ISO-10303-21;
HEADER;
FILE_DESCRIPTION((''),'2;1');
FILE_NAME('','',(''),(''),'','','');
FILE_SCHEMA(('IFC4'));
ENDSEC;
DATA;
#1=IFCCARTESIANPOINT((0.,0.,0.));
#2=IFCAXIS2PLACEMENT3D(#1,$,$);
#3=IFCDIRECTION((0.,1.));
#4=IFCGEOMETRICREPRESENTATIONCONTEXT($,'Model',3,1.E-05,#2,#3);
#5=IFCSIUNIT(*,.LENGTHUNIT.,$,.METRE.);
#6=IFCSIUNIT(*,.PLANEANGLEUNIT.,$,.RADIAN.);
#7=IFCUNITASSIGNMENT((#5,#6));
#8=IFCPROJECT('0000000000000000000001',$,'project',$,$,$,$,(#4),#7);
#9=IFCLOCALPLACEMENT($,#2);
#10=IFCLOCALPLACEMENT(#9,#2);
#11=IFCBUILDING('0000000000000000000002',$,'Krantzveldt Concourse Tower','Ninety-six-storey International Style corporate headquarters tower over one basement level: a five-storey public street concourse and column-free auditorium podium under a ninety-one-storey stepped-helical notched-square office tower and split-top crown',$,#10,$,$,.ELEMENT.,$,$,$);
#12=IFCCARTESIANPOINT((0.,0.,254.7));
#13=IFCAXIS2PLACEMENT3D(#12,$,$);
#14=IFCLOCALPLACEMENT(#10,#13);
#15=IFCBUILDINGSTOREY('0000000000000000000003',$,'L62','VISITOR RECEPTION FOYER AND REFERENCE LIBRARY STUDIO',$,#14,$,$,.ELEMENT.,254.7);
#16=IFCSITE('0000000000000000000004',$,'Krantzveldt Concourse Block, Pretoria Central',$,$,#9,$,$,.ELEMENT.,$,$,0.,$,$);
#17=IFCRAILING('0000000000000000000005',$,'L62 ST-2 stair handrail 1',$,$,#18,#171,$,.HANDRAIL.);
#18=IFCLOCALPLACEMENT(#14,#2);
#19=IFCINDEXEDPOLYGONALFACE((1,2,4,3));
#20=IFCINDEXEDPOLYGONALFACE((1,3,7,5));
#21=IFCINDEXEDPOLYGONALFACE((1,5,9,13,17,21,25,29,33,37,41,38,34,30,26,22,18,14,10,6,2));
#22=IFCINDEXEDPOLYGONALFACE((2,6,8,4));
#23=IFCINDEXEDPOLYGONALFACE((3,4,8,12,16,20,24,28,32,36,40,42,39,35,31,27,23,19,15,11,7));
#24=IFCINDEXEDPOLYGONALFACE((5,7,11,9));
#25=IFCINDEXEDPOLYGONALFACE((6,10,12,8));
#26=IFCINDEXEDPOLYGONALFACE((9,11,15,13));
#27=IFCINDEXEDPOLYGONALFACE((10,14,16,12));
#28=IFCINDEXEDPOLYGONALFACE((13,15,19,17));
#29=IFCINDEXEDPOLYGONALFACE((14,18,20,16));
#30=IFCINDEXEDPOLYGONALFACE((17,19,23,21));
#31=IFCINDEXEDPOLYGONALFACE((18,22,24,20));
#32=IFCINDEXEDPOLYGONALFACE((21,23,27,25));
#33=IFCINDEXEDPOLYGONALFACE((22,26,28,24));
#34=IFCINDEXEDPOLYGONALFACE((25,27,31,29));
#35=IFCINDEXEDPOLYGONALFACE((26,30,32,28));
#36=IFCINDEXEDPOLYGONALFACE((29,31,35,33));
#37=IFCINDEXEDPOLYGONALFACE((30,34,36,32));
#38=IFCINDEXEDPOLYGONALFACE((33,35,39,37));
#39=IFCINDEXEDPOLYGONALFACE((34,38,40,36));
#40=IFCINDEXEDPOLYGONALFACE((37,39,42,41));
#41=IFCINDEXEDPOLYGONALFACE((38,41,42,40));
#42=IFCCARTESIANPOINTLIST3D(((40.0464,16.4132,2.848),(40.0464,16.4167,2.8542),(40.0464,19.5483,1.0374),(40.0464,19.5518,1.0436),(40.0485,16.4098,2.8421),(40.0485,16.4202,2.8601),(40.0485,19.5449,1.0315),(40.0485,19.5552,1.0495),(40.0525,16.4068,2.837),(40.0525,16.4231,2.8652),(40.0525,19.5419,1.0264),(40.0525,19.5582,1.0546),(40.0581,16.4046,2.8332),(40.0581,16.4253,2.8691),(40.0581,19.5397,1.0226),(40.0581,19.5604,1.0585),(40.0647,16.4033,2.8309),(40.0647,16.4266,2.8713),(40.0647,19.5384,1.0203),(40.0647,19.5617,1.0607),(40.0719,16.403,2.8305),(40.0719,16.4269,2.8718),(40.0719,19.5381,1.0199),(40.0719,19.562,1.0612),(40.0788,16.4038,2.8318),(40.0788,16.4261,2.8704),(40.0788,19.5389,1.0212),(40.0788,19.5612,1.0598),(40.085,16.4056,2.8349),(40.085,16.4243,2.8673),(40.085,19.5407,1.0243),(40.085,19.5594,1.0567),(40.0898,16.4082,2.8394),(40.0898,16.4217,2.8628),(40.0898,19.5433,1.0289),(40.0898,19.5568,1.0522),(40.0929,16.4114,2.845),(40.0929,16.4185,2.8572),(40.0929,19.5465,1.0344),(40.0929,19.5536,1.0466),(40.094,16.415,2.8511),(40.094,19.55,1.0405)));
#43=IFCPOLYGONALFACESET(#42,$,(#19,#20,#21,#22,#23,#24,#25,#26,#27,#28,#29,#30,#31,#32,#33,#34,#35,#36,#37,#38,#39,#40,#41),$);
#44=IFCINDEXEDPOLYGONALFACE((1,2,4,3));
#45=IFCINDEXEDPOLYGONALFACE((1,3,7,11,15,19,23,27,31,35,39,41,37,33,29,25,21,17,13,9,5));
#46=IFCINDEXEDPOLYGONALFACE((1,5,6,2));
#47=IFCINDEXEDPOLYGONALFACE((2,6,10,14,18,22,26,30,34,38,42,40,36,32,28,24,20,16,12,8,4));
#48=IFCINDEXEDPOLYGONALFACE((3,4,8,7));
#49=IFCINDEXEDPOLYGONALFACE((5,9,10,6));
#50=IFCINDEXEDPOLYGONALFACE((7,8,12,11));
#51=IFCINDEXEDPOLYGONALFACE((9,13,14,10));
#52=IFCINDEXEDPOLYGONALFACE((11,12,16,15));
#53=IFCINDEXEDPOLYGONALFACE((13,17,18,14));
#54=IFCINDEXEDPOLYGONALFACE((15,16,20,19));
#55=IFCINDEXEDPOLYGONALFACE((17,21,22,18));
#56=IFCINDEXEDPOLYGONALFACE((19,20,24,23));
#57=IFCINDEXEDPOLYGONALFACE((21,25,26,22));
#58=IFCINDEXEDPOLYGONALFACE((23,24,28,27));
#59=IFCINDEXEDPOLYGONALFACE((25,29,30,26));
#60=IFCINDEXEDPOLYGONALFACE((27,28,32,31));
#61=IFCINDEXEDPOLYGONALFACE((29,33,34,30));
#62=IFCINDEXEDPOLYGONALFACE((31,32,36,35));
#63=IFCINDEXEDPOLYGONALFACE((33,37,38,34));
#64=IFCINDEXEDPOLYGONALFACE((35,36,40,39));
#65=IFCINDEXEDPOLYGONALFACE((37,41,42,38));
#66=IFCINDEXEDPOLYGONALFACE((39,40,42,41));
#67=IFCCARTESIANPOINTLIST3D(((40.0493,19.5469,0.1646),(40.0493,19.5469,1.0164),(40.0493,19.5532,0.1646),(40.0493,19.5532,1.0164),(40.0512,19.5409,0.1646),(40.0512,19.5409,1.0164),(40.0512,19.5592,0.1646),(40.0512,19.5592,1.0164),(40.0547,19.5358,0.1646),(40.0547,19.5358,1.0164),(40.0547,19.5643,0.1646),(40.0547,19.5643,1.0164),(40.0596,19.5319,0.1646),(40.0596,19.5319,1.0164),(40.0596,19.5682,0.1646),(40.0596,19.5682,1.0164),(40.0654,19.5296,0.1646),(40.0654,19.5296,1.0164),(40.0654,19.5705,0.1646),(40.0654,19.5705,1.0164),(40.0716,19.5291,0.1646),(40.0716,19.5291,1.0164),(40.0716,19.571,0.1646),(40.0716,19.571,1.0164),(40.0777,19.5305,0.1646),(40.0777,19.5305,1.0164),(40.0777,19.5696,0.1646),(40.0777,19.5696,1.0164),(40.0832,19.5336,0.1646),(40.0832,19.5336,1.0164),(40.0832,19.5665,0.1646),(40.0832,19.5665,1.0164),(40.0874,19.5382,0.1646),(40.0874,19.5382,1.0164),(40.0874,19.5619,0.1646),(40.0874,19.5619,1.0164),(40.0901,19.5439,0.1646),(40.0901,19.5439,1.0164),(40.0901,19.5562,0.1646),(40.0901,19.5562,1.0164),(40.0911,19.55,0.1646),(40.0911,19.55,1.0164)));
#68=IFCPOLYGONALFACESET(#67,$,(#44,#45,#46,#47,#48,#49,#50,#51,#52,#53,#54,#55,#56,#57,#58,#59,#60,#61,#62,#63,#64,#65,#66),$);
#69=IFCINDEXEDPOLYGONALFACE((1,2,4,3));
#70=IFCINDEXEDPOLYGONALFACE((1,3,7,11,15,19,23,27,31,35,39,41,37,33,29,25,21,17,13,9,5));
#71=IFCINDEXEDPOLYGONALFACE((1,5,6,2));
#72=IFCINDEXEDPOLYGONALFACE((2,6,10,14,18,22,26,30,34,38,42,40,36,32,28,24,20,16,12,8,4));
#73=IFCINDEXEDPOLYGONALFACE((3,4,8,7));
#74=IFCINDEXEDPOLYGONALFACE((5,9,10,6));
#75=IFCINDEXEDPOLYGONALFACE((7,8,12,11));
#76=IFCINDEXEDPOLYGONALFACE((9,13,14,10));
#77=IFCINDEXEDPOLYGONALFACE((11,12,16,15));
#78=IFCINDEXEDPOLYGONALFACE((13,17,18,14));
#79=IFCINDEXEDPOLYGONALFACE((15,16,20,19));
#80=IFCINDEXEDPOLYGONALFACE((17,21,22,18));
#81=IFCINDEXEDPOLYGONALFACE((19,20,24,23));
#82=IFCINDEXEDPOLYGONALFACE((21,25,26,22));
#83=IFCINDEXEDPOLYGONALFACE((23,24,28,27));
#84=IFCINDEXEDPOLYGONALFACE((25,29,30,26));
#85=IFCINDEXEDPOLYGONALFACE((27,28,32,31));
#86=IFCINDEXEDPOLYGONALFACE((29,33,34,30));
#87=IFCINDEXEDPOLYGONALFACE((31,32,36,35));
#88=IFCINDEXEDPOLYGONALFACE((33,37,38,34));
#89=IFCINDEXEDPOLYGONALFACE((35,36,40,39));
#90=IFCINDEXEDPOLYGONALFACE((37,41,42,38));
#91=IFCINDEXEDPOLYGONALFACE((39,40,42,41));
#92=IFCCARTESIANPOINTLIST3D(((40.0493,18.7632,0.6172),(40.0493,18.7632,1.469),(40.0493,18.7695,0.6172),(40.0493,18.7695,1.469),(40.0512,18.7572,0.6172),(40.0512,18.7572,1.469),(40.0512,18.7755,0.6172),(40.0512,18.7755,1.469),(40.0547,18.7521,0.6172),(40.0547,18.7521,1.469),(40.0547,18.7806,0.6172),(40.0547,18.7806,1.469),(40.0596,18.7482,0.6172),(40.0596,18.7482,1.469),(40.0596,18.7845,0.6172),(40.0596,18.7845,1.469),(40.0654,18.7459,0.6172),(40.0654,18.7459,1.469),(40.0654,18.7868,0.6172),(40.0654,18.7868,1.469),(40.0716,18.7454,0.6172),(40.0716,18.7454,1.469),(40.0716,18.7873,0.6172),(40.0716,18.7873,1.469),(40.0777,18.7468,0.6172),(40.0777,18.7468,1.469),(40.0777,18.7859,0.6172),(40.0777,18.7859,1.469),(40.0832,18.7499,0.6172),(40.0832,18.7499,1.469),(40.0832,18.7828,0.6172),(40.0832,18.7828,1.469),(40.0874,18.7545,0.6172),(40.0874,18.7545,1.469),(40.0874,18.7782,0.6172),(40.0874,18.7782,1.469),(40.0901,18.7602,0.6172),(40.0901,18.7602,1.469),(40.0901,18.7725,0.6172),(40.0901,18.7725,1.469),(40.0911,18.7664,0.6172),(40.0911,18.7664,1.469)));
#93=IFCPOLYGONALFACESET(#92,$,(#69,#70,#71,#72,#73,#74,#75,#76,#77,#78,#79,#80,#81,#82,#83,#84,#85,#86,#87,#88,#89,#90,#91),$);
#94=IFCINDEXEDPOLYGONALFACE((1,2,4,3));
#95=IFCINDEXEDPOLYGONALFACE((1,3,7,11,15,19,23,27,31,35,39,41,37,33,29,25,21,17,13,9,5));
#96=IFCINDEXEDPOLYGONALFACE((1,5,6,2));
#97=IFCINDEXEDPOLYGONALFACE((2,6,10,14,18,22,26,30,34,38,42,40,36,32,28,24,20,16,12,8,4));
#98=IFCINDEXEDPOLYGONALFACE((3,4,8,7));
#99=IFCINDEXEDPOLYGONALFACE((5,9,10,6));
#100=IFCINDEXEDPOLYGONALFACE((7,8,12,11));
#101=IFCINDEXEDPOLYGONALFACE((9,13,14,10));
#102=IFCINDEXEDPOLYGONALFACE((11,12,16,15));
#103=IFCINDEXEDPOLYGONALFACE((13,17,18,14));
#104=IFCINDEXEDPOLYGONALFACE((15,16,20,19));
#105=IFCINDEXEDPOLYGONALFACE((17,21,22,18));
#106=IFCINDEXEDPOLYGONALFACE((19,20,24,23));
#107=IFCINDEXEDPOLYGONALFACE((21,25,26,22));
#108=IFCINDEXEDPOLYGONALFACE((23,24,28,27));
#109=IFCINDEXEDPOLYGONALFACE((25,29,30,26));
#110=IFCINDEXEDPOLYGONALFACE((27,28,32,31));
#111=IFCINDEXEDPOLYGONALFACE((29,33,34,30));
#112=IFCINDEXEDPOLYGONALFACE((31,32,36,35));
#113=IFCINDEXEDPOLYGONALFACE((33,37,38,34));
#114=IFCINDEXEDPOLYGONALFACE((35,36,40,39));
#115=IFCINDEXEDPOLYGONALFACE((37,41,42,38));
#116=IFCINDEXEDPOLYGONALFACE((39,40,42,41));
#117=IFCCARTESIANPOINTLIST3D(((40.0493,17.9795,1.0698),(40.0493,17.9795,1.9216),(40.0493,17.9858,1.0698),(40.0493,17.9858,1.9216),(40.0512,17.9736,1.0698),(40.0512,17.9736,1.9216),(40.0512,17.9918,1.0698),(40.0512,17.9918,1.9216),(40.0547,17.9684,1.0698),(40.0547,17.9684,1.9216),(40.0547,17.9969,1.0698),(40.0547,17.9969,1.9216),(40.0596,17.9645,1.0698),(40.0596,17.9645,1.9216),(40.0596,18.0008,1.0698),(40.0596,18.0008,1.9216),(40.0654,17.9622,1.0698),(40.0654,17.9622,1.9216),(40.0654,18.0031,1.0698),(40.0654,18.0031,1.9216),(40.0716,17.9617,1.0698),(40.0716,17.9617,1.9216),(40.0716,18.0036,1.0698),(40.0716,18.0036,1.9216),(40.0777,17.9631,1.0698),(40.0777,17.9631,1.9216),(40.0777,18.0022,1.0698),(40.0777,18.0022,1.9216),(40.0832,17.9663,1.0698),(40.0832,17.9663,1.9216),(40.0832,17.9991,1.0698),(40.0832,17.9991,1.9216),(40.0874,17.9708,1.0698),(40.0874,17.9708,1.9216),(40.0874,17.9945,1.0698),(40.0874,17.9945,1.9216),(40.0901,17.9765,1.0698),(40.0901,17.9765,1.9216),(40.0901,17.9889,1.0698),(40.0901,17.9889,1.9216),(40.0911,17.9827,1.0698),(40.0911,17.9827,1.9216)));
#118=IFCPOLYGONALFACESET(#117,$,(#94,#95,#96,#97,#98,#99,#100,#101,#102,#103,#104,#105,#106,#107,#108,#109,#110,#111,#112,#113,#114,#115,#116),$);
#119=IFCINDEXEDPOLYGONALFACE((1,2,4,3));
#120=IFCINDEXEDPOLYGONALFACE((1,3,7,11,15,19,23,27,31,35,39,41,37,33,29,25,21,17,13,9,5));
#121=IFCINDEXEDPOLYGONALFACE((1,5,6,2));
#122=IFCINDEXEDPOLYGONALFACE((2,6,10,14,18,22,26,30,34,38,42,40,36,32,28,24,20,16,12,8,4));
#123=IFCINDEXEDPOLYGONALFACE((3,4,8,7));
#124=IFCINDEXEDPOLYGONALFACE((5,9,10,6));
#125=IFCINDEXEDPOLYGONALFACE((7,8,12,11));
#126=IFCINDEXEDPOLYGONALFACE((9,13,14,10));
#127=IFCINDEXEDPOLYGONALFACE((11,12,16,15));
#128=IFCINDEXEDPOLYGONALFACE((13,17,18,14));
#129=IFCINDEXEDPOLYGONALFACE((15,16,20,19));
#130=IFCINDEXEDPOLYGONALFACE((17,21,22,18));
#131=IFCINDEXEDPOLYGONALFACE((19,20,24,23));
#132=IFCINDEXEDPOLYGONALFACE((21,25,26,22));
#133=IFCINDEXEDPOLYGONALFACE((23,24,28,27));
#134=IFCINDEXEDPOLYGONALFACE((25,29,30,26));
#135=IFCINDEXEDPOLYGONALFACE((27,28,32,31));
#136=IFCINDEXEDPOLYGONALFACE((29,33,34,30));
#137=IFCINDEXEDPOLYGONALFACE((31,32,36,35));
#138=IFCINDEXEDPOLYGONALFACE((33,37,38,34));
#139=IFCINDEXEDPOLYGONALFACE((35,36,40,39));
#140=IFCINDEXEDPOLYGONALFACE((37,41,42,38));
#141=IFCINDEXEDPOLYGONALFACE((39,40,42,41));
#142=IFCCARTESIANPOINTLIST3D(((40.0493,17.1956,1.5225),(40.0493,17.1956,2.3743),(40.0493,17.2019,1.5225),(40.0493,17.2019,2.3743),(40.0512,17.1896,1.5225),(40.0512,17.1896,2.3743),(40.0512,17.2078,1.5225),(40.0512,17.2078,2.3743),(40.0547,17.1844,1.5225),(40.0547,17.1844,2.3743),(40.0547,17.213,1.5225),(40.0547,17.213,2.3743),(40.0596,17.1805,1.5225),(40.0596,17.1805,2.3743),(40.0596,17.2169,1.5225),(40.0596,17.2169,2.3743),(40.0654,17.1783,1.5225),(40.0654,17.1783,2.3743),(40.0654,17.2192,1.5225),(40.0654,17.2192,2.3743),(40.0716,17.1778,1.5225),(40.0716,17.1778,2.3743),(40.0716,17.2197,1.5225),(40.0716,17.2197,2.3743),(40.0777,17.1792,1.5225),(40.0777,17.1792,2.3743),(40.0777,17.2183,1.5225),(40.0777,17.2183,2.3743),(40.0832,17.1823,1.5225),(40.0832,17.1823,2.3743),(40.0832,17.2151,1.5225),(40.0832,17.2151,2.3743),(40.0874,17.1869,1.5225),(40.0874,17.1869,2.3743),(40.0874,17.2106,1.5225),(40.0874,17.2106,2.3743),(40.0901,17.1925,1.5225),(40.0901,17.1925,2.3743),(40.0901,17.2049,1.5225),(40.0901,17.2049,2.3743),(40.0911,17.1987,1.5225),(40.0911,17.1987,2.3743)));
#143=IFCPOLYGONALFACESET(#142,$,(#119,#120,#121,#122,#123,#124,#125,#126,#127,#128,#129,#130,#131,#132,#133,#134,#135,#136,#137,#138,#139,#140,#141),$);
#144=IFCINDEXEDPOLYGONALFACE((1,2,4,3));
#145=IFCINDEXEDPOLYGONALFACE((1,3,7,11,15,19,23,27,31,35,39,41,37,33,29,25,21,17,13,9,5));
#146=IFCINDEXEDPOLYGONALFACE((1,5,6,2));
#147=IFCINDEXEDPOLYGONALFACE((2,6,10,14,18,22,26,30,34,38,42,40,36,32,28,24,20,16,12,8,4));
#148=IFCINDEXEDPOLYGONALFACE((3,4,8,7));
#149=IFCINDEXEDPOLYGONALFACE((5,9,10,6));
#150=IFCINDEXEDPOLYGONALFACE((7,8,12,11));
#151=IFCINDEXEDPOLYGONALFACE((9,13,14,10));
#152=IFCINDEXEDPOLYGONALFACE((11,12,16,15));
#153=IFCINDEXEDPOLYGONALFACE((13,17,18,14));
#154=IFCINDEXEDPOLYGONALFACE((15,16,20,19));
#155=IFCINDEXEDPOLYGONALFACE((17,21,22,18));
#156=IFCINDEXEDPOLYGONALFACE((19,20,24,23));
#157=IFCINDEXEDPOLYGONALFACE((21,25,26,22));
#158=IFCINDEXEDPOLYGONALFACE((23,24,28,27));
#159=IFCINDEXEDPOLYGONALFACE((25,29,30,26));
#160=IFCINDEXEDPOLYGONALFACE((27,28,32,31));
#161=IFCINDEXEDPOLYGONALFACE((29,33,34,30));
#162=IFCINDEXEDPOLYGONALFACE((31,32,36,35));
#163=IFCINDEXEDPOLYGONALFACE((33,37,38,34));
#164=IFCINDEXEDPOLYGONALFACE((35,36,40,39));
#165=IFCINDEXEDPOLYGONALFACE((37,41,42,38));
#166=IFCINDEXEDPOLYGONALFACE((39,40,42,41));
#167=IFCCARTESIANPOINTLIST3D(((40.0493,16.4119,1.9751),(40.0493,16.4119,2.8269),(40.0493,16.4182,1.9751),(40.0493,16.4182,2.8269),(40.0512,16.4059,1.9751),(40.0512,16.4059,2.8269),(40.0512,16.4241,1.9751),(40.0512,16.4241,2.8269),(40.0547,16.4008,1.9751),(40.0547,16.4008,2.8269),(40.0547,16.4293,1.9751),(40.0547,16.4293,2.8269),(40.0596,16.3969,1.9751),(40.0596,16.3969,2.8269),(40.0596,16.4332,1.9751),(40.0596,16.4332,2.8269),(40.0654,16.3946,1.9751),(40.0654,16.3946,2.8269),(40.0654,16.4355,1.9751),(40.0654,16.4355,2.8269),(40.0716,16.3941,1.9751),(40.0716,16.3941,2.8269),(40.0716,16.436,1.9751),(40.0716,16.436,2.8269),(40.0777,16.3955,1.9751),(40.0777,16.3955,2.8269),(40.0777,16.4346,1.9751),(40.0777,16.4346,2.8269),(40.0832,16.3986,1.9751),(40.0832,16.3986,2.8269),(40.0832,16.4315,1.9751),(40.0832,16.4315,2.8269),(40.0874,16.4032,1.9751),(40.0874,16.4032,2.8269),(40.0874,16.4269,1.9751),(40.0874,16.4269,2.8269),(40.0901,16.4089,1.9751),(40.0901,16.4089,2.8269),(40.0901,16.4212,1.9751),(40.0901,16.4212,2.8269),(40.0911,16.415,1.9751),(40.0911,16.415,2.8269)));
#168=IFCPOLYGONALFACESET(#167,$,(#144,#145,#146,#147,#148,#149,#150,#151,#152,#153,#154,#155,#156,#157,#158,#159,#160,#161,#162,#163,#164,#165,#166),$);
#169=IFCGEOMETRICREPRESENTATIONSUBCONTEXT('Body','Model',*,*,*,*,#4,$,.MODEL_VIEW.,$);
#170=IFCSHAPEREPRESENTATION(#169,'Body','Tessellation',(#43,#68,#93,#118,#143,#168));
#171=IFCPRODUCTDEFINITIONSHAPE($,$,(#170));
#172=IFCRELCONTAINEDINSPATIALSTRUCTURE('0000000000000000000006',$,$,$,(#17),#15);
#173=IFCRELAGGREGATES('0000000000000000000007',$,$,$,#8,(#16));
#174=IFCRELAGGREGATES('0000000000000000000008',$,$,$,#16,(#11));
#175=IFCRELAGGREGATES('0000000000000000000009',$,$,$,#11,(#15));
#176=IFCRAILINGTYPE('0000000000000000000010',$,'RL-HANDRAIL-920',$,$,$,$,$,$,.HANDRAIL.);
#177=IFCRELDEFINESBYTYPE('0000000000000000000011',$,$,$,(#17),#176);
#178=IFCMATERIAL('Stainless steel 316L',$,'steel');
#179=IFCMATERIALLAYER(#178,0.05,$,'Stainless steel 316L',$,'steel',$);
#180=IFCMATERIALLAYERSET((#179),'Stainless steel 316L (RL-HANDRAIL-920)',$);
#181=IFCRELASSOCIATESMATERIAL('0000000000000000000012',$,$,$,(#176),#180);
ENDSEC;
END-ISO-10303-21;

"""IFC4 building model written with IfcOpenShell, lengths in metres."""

from ifc_helpers import new_model, si_unit, direction, frame, origin, origin_2d, place, context, subcontext, project, spatial, circle, extrude, material, layer, layer_set, type_object, element, save


model = new_model("IFC4")

# Units and contexts
model_context = context("Model", 3, precision=1e-05, world=origin(), true_north=direction((0.0, 1.0)))
body_context = subcontext(model_context, "Body", "Model", "MODEL_VIEW")
ifc_project = project(units=[si_unit("LENGTHUNIT", "METRE"), si_unit("PLANEANGLEUNIT", "RADIAN")], contexts=[model_context])

# Site, building, storey
site_placement = place(None, origin())
site = spatial("IfcSite", under=ifc_project, at=site_placement, Name="Krantzveldt Concourse Block, Pretoria Central", CompositionType="ELEMENT", RefElevation=0.0)
building_placement = place(site_placement, origin())
building = spatial("IfcBuilding", under=site, at=building_placement, Name="Krantzveldt Concourse Tower", Description="Ninety-six-storey International Style corporate headquarters tower over one basement level: a five-storey public street concourse and column-free auditorium podium under a ninety-one-storey stepped-helical notched-square office tower and split-top crown", CompositionType="ELEMENT")
storey_placement = place(building_placement, frame((0.0, 0.0, 254.7)))
storey = spatial("IfcBuildingStorey", under=building, at=storey_placement, Name="L62", Description="VISITOR RECEPTION FOYER AND REFERENCE LIBRARY STUDIO", CompositionType="ELEMENT", Elevation=254.7)

# Shared definitions
ifc_material_1 = material(Name="Stainless steel 316L", Category="steel")

# Railing
ifc_layer_1 = layer(ifc_material_1, 0.05, Name="Stainless steel 316L", Category="steel")
ifc_layer_set_1 = layer_set([ifc_layer_1], Name="Stainless steel 316L (RL-HANDRAIL-920)")
railing_type_1 = type_object("IfcRailingType", Name="RL-HANDRAIL-920", PredefinedType="HANDRAIL", material=ifc_layer_set_1)
railing_1_placement = place(storey_placement, frame((40.0701, 19.55, 0.1646)))
element("IfcRailing", 1, at=railing_1_placement, inside=storey, type_object=railing_type_1, Name="L62 ST-2 stair handrail 1", PredefinedType="HANDRAIL", context=body_context, shape_type="SweptSolid", body=[
    extrude(circle(Radius=0.0239, at=origin_2d()), frame((0.0, 0.0, 0.876), z_axis=(0.0, -0.86596, 0.500114), x_axis=(1.0, 0.0, 0.0)), (0.0, 0.0, 1.0), 3.6204),
    extrude(circle(Radius=0.021, at=origin_2d()), origin(), (0.0, 0.0, 1.0), 0.8518),
    extrude(circle(Radius=0.021, at=origin_2d()), frame((0.0, -0.7837, 0.4526)), (0.0, 0.0, 1.0), 0.8518),
    extrude(circle(Radius=0.021, at=origin_2d()), frame((0.0, -1.5674, 0.9053)), (0.0, 0.0, 1.0), 0.8518),
    extrude(circle(Radius=0.021, at=origin_2d()), frame((0.0, -2.3513, 1.3579)), (0.0, 0.0, 1.0), 0.8518),
    extrude(circle(Radius=0.021, at=origin_2d()), frame((0.0, -3.135, 1.8105)), (0.0, 0.0, 1.0), 0.8518),
])

save(model, "model.ifc")
